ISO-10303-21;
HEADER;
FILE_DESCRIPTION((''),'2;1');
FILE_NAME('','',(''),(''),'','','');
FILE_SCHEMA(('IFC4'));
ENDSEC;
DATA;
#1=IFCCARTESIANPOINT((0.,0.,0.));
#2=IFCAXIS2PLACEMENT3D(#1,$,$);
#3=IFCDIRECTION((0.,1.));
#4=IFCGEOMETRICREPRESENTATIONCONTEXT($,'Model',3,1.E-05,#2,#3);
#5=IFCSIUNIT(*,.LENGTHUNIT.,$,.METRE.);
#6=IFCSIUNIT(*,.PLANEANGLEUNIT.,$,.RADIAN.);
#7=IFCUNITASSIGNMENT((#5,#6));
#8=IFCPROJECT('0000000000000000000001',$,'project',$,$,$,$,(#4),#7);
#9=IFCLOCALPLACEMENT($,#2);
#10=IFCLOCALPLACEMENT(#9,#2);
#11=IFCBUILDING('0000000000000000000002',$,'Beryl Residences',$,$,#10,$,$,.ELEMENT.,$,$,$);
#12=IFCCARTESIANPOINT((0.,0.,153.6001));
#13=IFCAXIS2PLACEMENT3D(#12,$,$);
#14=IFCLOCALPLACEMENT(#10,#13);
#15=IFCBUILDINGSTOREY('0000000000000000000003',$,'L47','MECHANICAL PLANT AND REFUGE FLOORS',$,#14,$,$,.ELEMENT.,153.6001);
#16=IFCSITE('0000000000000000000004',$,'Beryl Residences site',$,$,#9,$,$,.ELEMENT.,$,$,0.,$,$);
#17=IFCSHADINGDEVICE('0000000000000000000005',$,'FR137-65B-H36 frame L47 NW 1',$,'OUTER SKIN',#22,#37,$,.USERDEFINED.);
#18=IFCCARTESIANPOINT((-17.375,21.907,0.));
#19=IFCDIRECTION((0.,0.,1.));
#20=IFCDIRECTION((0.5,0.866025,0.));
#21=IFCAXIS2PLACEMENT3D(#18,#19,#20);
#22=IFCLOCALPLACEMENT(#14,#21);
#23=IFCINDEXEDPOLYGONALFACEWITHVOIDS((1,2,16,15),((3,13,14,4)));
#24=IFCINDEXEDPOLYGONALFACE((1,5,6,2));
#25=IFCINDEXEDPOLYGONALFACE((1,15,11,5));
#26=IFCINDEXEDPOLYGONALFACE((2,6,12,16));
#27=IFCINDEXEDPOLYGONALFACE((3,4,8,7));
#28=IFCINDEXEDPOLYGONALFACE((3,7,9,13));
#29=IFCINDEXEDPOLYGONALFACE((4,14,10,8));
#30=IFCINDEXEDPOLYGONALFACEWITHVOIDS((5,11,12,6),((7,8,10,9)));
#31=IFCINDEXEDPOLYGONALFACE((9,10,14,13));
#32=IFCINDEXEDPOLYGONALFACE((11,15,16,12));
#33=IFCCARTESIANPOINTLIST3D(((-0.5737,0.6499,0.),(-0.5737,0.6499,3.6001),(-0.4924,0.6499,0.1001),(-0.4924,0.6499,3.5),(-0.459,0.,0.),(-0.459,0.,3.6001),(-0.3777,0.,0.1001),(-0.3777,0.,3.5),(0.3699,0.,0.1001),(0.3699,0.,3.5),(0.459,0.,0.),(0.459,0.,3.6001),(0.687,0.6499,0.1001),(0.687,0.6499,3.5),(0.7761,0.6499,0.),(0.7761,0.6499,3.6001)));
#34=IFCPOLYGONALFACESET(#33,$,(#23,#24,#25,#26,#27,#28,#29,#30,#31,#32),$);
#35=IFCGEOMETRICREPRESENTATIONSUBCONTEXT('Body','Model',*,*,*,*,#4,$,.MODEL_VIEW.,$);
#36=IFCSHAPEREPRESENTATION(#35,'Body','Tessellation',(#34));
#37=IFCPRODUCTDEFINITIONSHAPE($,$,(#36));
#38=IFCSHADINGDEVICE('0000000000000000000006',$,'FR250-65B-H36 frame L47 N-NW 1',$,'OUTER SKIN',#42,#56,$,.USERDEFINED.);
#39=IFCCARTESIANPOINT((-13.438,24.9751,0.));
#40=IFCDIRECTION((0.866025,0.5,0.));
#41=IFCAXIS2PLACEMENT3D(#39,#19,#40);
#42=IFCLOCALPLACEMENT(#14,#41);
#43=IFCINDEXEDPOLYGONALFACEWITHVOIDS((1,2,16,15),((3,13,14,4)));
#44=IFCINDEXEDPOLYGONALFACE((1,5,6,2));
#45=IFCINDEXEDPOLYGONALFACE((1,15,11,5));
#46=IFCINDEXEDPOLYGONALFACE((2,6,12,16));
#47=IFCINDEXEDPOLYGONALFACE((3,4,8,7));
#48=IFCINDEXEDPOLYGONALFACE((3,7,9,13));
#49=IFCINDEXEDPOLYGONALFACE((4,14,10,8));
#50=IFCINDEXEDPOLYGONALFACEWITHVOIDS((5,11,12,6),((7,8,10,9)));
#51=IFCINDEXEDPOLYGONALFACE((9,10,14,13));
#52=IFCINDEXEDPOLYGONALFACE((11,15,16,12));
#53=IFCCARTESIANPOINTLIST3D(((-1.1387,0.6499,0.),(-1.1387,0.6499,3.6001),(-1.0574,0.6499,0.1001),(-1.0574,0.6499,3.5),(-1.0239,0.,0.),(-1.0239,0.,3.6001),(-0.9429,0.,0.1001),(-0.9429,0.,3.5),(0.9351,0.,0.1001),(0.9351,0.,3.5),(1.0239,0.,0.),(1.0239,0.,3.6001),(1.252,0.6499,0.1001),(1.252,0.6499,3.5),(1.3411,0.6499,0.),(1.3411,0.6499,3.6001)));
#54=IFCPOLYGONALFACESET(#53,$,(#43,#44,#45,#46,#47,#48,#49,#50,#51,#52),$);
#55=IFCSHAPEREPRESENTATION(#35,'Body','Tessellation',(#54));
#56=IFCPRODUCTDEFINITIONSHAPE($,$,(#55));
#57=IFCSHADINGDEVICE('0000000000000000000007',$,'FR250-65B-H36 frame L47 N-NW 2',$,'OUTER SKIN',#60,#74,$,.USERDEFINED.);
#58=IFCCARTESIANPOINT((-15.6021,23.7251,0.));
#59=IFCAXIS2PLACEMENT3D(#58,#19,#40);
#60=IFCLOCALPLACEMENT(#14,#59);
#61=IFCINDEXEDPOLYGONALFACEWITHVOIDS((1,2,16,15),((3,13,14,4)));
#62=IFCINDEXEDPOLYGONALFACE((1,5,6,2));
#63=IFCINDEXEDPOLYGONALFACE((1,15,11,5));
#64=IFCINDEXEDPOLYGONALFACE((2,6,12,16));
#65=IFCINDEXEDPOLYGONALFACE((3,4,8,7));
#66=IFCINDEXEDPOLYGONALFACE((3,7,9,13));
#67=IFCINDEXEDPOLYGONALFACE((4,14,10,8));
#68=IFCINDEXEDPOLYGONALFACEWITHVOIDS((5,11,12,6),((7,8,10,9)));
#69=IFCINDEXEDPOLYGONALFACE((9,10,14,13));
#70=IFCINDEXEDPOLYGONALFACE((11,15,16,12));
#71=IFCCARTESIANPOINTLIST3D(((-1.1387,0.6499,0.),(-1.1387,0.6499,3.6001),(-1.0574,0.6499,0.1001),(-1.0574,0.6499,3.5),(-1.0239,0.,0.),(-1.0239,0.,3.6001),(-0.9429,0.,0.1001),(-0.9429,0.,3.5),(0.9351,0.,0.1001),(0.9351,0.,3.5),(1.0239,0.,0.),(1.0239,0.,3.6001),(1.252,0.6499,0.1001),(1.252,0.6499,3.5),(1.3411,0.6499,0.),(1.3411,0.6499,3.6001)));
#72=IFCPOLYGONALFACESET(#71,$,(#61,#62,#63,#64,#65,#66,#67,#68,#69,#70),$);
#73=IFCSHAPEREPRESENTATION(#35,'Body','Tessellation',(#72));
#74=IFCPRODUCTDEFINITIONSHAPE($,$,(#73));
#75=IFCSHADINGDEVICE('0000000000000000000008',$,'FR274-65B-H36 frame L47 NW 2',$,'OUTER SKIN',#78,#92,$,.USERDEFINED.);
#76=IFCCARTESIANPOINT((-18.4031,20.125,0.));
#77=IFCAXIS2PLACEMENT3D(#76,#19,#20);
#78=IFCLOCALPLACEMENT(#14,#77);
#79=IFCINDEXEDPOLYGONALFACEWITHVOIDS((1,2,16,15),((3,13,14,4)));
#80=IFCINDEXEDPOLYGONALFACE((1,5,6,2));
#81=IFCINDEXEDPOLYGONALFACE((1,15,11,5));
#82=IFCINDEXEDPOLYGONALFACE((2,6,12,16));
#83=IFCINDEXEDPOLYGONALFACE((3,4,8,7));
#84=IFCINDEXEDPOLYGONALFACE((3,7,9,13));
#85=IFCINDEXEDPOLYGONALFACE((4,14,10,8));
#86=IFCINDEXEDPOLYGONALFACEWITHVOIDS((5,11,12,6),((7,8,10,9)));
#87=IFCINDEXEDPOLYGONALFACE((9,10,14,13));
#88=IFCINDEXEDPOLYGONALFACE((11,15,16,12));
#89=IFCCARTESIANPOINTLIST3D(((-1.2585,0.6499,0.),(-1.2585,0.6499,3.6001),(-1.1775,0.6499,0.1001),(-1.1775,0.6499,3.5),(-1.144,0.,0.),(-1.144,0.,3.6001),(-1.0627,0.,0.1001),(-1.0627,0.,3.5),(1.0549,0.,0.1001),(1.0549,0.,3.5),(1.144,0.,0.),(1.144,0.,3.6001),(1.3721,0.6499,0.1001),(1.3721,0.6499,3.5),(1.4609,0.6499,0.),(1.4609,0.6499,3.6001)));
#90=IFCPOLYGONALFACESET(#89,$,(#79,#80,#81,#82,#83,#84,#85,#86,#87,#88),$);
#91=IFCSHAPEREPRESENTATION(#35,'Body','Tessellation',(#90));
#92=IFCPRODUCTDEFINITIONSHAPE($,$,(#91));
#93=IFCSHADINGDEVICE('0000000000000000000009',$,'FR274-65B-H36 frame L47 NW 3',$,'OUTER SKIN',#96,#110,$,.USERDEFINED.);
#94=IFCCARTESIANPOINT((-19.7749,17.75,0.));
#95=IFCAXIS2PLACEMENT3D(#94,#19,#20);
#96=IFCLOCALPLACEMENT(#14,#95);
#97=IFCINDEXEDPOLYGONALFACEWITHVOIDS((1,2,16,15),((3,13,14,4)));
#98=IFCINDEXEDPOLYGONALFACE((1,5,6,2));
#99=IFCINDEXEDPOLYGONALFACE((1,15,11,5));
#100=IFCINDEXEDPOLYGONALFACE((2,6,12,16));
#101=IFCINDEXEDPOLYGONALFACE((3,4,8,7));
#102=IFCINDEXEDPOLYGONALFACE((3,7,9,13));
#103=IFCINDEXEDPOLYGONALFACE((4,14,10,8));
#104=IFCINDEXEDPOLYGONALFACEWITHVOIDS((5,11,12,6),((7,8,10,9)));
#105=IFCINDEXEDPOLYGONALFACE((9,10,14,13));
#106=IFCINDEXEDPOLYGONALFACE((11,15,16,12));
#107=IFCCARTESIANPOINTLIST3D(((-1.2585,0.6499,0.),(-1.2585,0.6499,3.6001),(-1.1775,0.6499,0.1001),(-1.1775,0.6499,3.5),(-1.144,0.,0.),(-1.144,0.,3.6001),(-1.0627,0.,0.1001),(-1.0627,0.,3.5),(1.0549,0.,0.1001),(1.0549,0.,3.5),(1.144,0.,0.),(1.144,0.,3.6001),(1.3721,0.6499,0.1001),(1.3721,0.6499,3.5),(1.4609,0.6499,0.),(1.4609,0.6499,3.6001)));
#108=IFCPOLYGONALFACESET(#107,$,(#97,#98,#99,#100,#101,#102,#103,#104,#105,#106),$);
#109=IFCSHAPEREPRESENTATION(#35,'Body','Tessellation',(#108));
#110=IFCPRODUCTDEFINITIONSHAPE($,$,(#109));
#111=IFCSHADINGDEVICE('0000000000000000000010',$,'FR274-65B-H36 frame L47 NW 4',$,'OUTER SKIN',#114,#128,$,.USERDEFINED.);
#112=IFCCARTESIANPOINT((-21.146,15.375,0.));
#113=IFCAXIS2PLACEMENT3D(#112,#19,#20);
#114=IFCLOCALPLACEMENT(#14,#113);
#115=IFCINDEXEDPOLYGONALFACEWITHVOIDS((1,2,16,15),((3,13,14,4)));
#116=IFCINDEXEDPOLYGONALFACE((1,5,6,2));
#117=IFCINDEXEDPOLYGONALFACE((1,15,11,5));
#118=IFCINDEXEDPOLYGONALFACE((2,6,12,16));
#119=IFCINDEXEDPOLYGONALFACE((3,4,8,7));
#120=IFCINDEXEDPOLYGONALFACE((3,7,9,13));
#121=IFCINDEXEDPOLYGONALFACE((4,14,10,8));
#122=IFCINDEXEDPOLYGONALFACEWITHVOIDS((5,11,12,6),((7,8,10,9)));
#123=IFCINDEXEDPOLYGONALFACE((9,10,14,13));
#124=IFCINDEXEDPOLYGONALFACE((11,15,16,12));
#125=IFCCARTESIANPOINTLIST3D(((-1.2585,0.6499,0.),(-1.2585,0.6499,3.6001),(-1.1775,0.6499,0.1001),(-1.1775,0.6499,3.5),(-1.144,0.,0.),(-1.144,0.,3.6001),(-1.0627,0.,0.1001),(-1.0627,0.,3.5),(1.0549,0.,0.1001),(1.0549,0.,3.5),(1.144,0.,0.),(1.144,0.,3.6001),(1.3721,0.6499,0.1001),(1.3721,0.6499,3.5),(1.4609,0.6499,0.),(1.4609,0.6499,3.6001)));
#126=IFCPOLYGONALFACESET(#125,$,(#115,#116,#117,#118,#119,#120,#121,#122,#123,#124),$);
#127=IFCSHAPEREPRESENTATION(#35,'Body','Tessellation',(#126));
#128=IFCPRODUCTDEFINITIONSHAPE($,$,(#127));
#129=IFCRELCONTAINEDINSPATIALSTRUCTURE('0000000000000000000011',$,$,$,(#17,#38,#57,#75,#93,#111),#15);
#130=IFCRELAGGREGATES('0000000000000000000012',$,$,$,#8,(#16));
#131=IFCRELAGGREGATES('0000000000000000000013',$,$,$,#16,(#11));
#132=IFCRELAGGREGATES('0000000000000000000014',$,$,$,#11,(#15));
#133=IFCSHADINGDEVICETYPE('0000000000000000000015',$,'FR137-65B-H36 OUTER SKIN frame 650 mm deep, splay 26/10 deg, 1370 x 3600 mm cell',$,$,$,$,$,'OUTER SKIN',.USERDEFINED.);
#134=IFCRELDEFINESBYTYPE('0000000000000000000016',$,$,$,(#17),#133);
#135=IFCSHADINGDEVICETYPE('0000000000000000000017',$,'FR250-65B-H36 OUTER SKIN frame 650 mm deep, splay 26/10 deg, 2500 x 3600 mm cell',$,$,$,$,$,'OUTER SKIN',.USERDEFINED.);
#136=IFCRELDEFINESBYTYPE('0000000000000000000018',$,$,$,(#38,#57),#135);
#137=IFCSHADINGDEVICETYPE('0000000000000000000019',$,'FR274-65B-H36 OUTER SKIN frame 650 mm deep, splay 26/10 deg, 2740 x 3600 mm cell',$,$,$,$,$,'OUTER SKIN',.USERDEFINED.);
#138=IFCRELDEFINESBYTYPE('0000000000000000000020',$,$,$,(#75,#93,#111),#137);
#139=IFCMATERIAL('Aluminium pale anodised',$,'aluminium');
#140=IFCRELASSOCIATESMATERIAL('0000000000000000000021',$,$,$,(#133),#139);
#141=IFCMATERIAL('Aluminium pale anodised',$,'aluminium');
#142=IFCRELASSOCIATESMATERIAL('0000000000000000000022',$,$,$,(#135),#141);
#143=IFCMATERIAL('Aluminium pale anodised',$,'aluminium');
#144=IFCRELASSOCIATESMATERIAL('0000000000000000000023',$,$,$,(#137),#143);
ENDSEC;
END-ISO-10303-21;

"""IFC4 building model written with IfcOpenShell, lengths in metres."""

from ifc_helpers import new_model, entity, si_unit, direction, frame, origin, place, context, subcontext, project, spatial, source, transform, mapped, material, type_object, type_shapes, element, save


model = new_model("IFC4")

# Units and contexts
model_context = context("Model", 3, precision=1e-05, world=origin(), true_north=direction((0.0, 1.0)))
body_context = subcontext(model_context, "Body", "Model", "MODEL_VIEW")
ifc_project = project(units=[si_unit("LENGTHUNIT", "METRE"), si_unit("PLANEANGLEUNIT", "RADIAN")], contexts=[model_context])

# Site, building, storey
site_placement = place(None, origin())
site = spatial("IfcSite", under=ifc_project, at=site_placement, Name="Beryl Residences site", CompositionType="ELEMENT", RefElevation=0.0)
building_placement = place(site_placement, origin())
building = spatial("IfcBuilding", under=site, at=building_placement, Name="Beryl Residences", CompositionType="ELEMENT")
storey_placement = place(building_placement, frame((0.0, 0.0, 153.6001)))
storey = spatial("IfcBuildingStorey", under=building, at=storey_placement, Name="L47", Description="MECHANICAL PLANT AND REFUGE FLOORS", CompositionType="ELEMENT", Elevation=153.6001)

# Shading devices
ifc_material_1 = material(Name="Aluminium pale anodised", Category="aluminium")
shading_device_type_1 = type_object("IfcShadingDeviceType", Name="FR137-65B-H36 OUTER SKIN frame 650 mm deep, splay 26/10 deg, 1370 x 3600 mm cell", ElementType="OUTER SKIN", PredefinedType="USERDEFINED", material=ifc_material_1)
cartesian_point_1 = entity("IfcCartesianPoint", [-0.459, 0.0])
cartesian_point_2 = entity("IfcCartesianPoint", [-0.3699, 0.1001])
cartesian_point_3 = entity("IfcCartesianPoint", [-0.7761, 0.0])
cartesian_point_4 = entity("IfcCartesianPoint", [-0.687, 0.1001])
shared_shape_1 = source(origin(), body_context, "Body", "SweptSolid", [
    entity("IfcExtrudedAreaSolidTapered", entity("IfcArbitraryProfileDefWithVoids", "AREA", None, entity("IfcPolyline", [cartesian_point_1, entity("IfcCartesianPoint", [0.459, 0.0]), entity("IfcCartesianPoint", [0.459, 3.6001]), entity("IfcCartesianPoint", [-0.459, 3.6001]), cartesian_point_1]), [entity("IfcPolyline", [cartesian_point_2, entity("IfcCartesianPoint", [0.3777, 0.1001]), entity("IfcCartesianPoint", [0.3777, 3.5]), entity("IfcCartesianPoint", [-0.3699, 3.5]), cartesian_point_2])]), entity("IfcAxis2Placement3D", entity("IfcCartesianPoint", [0.0, 0.0, 0.0]), entity("IfcDirection", [0.0, 1.0, 0.0]), entity("IfcDirection", [-1.0, 0.0, 0.0])), entity("IfcDirection", [0.0, 0.0, 1.0]), 0.6499, entity("IfcArbitraryProfileDefWithVoids", "AREA", None, entity("IfcPolyline", [cartesian_point_3, entity("IfcCartesianPoint", [0.5737, 0.0]), entity("IfcCartesianPoint", [0.5737, 3.6001]), entity("IfcCartesianPoint", [-0.7761, 3.6001]), cartesian_point_3]), [entity("IfcPolyline", [cartesian_point_4, entity("IfcCartesianPoint", [0.4924, 0.1001]), entity("IfcCartesianPoint", [0.4924, 3.5]), entity("IfcCartesianPoint", [-0.687, 3.5]), cartesian_point_4])])),
])
type_shapes(shading_device_type_1, [shared_shape_1])
shading_device_placement = place(storey_placement, frame((-17.375, 21.907, 0.0), z_axis=(0.0, 0.0, 1.0), x_axis=(0.5, 0.866025, 0.0)))
element("IfcShadingDevice", 1, at=shading_device_placement, inside=storey, type_object=shading_device_type_1, Name="FR137-65B-H36 frame L47 NW 1", ObjectType="OUTER SKIN", PredefinedType="USERDEFINED", context=body_context, shape_type="MappedRepresentation", body=[
    mapped(shared_shape_1, transform((0.0, 0.0, 0.0))),
])
ifc_material_2 = material(Name="Aluminium pale anodised", Category="aluminium")
shading_device_type_2 = type_object("IfcShadingDeviceType", Name="FR250-65B-H36 OUTER SKIN frame 650 mm deep, splay 26/10 deg, 2500 x 3600 mm cell", ElementType="OUTER SKIN", PredefinedType="USERDEFINED", material=ifc_material_2)
cartesian_point_5 = entity("IfcCartesianPoint", [-1.0239, 0.0])
cartesian_point_6 = entity("IfcCartesianPoint", [-0.9351, 0.1001])
cartesian_point_7 = entity("IfcCartesianPoint", [-1.3411, 0.0])
cartesian_point_8 = entity("IfcCartesianPoint", [-1.252, 0.1001])
shared_shape_2 = source(origin(), body_context, "Body", "SweptSolid", [
    entity("IfcExtrudedAreaSolidTapered", entity("IfcArbitraryProfileDefWithVoids", "AREA", None, entity("IfcPolyline", [cartesian_point_5, entity("IfcCartesianPoint", [1.0239, 0.0]), entity("IfcCartesianPoint", [1.0239, 3.6001]), entity("IfcCartesianPoint", [-1.0239, 3.6001]), cartesian_point_5]), [entity("IfcPolyline", [cartesian_point_6, entity("IfcCartesianPoint", [0.9429, 0.1001]), entity("IfcCartesianPoint", [0.9429, 3.5]), entity("IfcCartesianPoint", [-0.9351, 3.5]), cartesian_point_6])]), entity("IfcAxis2Placement3D", entity("IfcCartesianPoint", [0.0, 0.0, 0.0]), entity("IfcDirection", [0.0, 1.0, 0.0]), entity("IfcDirection", [-1.0, 0.0, 0.0])), entity("IfcDirection", [0.0, 0.0, 1.0]), 0.6499, entity("IfcArbitraryProfileDefWithVoids", "AREA", None, entity("IfcPolyline", [cartesian_point_7, entity("IfcCartesianPoint", [1.1387, 0.0]), entity("IfcCartesianPoint", [1.1387, 3.6001]), entity("IfcCartesianPoint", [-1.3411, 3.6001]), cartesian_point_7]), [entity("IfcPolyline", [cartesian_point_8, entity("IfcCartesianPoint", [1.0574, 0.1001]), entity("IfcCartesianPoint", [1.0574, 3.5]), entity("IfcCartesianPoint", [-1.252, 3.5]), cartesian_point_8])])),
])
type_shapes(shading_device_type_2, [shared_shape_2])
for number, where, z_axis, x_axis, name in (
    (2, (-13.438, 24.9751, 0.0), (0.0, 0.0, 1.0), (0.866025, 0.5, 0.0), "FR250-65B-H36 frame L47 N-NW 1"),
    (3, (-15.6021, 23.7251, 0.0), (0.0, 0.0, 1.0), (0.866025, 0.5, 0.0), "FR250-65B-H36 frame L47 N-NW 2"),
):
    element("IfcShadingDevice", number, at=place(storey_placement, frame(where, z_axis=z_axis, x_axis=x_axis)), inside=storey, type_object=shading_device_type_2, Name=name, ObjectType="OUTER SKIN", PredefinedType="USERDEFINED", context=body_context, shape_type="MappedRepresentation", body=[
        mapped(shared_shape_2, transform((0.0, 0.0, 0.0))),
    ])
ifc_material_3 = material(Name="Aluminium pale anodised", Category="aluminium")
shading_device_type_3 = type_object("IfcShadingDeviceType", Name="FR274-65B-H36 OUTER SKIN frame 650 mm deep, splay 26/10 deg, 2740 x 3600 mm cell", ElementType="OUTER SKIN", PredefinedType="USERDEFINED", material=ifc_material_3)
cartesian_point_9 = entity("IfcCartesianPoint", [-1.144, 0.0])
cartesian_point_10 = entity("IfcCartesianPoint", [-1.0549, 0.1001])
cartesian_point_11 = entity("IfcCartesianPoint", [-1.4609, 0.0])
cartesian_point_12 = entity("IfcCartesianPoint", [-1.3721, 0.1001])
shared_shape_3 = source(origin(), body_context, "Body", "SweptSolid", [
    entity("IfcExtrudedAreaSolidTapered", entity("IfcArbitraryProfileDefWithVoids", "AREA", None, entity("IfcPolyline", [cartesian_point_9, entity("IfcCartesianPoint", [1.144, 0.0]), entity("IfcCartesianPoint", [1.144, 3.6001]), entity("IfcCartesianPoint", [-1.144, 3.6001]), cartesian_point_9]), [entity("IfcPolyline", [cartesian_point_10, entity("IfcCartesianPoint", [1.0627, 0.1001]), entity("IfcCartesianPoint", [1.0627, 3.5]), entity("IfcCartesianPoint", [-1.0549, 3.5]), cartesian_point_10])]), entity("IfcAxis2Placement3D", entity("IfcCartesianPoint", [0.0, 0.0, 0.0]), entity("IfcDirection", [0.0, 1.0, 0.0]), entity("IfcDirection", [-1.0, 0.0, 0.0])), entity("IfcDirection", [0.0, 0.0, 1.0]), 0.6499, entity("IfcArbitraryProfileDefWithVoids", "AREA", None, entity("IfcPolyline", [cartesian_point_11, entity("IfcCartesianPoint", [1.2585, 0.0]), entity("IfcCartesianPoint", [1.2585, 3.6001]), entity("IfcCartesianPoint", [-1.4609, 3.6001]), cartesian_point_11]), [entity("IfcPolyline", [cartesian_point_12, entity("IfcCartesianPoint", [1.1775, 0.1001]), entity("IfcCartesianPoint", [1.1775, 3.5]), entity("IfcCartesianPoint", [-1.3721, 3.5]), cartesian_point_12])])),
])
type_shapes(shading_device_type_3, [shared_shape_3])
for number, where, z_axis, x_axis, name in (
    (4, (-18.4031, 20.125, 0.0), (0.0, 0.0, 1.0), (0.5, 0.866025, 0.0), "FR274-65B-H36 frame L47 NW 2"),
    (5, (-19.7749, 17.75, 0.0), (0.0, 0.0, 1.0), (0.5, 0.866025, 0.0), "FR274-65B-H36 frame L47 NW 3"),
    (6, (-21.146, 15.375, 0.0), (0.0, 0.0, 1.0), (0.5, 0.866025, 0.0), "FR274-65B-H36 frame L47 NW 4"),
):
    element("IfcShadingDevice", number, at=place(storey_placement, frame(where, z_axis=z_axis, x_axis=x_axis)), inside=storey, type_object=shading_device_type_3, Name=name, ObjectType="OUTER SKIN", PredefinedType="USERDEFINED", context=body_context, shape_type="MappedRepresentation", body=[
        mapped(shared_shape_3, transform((0.0, 0.0, 0.0))),
    ])

save(model, "model.ifc")
